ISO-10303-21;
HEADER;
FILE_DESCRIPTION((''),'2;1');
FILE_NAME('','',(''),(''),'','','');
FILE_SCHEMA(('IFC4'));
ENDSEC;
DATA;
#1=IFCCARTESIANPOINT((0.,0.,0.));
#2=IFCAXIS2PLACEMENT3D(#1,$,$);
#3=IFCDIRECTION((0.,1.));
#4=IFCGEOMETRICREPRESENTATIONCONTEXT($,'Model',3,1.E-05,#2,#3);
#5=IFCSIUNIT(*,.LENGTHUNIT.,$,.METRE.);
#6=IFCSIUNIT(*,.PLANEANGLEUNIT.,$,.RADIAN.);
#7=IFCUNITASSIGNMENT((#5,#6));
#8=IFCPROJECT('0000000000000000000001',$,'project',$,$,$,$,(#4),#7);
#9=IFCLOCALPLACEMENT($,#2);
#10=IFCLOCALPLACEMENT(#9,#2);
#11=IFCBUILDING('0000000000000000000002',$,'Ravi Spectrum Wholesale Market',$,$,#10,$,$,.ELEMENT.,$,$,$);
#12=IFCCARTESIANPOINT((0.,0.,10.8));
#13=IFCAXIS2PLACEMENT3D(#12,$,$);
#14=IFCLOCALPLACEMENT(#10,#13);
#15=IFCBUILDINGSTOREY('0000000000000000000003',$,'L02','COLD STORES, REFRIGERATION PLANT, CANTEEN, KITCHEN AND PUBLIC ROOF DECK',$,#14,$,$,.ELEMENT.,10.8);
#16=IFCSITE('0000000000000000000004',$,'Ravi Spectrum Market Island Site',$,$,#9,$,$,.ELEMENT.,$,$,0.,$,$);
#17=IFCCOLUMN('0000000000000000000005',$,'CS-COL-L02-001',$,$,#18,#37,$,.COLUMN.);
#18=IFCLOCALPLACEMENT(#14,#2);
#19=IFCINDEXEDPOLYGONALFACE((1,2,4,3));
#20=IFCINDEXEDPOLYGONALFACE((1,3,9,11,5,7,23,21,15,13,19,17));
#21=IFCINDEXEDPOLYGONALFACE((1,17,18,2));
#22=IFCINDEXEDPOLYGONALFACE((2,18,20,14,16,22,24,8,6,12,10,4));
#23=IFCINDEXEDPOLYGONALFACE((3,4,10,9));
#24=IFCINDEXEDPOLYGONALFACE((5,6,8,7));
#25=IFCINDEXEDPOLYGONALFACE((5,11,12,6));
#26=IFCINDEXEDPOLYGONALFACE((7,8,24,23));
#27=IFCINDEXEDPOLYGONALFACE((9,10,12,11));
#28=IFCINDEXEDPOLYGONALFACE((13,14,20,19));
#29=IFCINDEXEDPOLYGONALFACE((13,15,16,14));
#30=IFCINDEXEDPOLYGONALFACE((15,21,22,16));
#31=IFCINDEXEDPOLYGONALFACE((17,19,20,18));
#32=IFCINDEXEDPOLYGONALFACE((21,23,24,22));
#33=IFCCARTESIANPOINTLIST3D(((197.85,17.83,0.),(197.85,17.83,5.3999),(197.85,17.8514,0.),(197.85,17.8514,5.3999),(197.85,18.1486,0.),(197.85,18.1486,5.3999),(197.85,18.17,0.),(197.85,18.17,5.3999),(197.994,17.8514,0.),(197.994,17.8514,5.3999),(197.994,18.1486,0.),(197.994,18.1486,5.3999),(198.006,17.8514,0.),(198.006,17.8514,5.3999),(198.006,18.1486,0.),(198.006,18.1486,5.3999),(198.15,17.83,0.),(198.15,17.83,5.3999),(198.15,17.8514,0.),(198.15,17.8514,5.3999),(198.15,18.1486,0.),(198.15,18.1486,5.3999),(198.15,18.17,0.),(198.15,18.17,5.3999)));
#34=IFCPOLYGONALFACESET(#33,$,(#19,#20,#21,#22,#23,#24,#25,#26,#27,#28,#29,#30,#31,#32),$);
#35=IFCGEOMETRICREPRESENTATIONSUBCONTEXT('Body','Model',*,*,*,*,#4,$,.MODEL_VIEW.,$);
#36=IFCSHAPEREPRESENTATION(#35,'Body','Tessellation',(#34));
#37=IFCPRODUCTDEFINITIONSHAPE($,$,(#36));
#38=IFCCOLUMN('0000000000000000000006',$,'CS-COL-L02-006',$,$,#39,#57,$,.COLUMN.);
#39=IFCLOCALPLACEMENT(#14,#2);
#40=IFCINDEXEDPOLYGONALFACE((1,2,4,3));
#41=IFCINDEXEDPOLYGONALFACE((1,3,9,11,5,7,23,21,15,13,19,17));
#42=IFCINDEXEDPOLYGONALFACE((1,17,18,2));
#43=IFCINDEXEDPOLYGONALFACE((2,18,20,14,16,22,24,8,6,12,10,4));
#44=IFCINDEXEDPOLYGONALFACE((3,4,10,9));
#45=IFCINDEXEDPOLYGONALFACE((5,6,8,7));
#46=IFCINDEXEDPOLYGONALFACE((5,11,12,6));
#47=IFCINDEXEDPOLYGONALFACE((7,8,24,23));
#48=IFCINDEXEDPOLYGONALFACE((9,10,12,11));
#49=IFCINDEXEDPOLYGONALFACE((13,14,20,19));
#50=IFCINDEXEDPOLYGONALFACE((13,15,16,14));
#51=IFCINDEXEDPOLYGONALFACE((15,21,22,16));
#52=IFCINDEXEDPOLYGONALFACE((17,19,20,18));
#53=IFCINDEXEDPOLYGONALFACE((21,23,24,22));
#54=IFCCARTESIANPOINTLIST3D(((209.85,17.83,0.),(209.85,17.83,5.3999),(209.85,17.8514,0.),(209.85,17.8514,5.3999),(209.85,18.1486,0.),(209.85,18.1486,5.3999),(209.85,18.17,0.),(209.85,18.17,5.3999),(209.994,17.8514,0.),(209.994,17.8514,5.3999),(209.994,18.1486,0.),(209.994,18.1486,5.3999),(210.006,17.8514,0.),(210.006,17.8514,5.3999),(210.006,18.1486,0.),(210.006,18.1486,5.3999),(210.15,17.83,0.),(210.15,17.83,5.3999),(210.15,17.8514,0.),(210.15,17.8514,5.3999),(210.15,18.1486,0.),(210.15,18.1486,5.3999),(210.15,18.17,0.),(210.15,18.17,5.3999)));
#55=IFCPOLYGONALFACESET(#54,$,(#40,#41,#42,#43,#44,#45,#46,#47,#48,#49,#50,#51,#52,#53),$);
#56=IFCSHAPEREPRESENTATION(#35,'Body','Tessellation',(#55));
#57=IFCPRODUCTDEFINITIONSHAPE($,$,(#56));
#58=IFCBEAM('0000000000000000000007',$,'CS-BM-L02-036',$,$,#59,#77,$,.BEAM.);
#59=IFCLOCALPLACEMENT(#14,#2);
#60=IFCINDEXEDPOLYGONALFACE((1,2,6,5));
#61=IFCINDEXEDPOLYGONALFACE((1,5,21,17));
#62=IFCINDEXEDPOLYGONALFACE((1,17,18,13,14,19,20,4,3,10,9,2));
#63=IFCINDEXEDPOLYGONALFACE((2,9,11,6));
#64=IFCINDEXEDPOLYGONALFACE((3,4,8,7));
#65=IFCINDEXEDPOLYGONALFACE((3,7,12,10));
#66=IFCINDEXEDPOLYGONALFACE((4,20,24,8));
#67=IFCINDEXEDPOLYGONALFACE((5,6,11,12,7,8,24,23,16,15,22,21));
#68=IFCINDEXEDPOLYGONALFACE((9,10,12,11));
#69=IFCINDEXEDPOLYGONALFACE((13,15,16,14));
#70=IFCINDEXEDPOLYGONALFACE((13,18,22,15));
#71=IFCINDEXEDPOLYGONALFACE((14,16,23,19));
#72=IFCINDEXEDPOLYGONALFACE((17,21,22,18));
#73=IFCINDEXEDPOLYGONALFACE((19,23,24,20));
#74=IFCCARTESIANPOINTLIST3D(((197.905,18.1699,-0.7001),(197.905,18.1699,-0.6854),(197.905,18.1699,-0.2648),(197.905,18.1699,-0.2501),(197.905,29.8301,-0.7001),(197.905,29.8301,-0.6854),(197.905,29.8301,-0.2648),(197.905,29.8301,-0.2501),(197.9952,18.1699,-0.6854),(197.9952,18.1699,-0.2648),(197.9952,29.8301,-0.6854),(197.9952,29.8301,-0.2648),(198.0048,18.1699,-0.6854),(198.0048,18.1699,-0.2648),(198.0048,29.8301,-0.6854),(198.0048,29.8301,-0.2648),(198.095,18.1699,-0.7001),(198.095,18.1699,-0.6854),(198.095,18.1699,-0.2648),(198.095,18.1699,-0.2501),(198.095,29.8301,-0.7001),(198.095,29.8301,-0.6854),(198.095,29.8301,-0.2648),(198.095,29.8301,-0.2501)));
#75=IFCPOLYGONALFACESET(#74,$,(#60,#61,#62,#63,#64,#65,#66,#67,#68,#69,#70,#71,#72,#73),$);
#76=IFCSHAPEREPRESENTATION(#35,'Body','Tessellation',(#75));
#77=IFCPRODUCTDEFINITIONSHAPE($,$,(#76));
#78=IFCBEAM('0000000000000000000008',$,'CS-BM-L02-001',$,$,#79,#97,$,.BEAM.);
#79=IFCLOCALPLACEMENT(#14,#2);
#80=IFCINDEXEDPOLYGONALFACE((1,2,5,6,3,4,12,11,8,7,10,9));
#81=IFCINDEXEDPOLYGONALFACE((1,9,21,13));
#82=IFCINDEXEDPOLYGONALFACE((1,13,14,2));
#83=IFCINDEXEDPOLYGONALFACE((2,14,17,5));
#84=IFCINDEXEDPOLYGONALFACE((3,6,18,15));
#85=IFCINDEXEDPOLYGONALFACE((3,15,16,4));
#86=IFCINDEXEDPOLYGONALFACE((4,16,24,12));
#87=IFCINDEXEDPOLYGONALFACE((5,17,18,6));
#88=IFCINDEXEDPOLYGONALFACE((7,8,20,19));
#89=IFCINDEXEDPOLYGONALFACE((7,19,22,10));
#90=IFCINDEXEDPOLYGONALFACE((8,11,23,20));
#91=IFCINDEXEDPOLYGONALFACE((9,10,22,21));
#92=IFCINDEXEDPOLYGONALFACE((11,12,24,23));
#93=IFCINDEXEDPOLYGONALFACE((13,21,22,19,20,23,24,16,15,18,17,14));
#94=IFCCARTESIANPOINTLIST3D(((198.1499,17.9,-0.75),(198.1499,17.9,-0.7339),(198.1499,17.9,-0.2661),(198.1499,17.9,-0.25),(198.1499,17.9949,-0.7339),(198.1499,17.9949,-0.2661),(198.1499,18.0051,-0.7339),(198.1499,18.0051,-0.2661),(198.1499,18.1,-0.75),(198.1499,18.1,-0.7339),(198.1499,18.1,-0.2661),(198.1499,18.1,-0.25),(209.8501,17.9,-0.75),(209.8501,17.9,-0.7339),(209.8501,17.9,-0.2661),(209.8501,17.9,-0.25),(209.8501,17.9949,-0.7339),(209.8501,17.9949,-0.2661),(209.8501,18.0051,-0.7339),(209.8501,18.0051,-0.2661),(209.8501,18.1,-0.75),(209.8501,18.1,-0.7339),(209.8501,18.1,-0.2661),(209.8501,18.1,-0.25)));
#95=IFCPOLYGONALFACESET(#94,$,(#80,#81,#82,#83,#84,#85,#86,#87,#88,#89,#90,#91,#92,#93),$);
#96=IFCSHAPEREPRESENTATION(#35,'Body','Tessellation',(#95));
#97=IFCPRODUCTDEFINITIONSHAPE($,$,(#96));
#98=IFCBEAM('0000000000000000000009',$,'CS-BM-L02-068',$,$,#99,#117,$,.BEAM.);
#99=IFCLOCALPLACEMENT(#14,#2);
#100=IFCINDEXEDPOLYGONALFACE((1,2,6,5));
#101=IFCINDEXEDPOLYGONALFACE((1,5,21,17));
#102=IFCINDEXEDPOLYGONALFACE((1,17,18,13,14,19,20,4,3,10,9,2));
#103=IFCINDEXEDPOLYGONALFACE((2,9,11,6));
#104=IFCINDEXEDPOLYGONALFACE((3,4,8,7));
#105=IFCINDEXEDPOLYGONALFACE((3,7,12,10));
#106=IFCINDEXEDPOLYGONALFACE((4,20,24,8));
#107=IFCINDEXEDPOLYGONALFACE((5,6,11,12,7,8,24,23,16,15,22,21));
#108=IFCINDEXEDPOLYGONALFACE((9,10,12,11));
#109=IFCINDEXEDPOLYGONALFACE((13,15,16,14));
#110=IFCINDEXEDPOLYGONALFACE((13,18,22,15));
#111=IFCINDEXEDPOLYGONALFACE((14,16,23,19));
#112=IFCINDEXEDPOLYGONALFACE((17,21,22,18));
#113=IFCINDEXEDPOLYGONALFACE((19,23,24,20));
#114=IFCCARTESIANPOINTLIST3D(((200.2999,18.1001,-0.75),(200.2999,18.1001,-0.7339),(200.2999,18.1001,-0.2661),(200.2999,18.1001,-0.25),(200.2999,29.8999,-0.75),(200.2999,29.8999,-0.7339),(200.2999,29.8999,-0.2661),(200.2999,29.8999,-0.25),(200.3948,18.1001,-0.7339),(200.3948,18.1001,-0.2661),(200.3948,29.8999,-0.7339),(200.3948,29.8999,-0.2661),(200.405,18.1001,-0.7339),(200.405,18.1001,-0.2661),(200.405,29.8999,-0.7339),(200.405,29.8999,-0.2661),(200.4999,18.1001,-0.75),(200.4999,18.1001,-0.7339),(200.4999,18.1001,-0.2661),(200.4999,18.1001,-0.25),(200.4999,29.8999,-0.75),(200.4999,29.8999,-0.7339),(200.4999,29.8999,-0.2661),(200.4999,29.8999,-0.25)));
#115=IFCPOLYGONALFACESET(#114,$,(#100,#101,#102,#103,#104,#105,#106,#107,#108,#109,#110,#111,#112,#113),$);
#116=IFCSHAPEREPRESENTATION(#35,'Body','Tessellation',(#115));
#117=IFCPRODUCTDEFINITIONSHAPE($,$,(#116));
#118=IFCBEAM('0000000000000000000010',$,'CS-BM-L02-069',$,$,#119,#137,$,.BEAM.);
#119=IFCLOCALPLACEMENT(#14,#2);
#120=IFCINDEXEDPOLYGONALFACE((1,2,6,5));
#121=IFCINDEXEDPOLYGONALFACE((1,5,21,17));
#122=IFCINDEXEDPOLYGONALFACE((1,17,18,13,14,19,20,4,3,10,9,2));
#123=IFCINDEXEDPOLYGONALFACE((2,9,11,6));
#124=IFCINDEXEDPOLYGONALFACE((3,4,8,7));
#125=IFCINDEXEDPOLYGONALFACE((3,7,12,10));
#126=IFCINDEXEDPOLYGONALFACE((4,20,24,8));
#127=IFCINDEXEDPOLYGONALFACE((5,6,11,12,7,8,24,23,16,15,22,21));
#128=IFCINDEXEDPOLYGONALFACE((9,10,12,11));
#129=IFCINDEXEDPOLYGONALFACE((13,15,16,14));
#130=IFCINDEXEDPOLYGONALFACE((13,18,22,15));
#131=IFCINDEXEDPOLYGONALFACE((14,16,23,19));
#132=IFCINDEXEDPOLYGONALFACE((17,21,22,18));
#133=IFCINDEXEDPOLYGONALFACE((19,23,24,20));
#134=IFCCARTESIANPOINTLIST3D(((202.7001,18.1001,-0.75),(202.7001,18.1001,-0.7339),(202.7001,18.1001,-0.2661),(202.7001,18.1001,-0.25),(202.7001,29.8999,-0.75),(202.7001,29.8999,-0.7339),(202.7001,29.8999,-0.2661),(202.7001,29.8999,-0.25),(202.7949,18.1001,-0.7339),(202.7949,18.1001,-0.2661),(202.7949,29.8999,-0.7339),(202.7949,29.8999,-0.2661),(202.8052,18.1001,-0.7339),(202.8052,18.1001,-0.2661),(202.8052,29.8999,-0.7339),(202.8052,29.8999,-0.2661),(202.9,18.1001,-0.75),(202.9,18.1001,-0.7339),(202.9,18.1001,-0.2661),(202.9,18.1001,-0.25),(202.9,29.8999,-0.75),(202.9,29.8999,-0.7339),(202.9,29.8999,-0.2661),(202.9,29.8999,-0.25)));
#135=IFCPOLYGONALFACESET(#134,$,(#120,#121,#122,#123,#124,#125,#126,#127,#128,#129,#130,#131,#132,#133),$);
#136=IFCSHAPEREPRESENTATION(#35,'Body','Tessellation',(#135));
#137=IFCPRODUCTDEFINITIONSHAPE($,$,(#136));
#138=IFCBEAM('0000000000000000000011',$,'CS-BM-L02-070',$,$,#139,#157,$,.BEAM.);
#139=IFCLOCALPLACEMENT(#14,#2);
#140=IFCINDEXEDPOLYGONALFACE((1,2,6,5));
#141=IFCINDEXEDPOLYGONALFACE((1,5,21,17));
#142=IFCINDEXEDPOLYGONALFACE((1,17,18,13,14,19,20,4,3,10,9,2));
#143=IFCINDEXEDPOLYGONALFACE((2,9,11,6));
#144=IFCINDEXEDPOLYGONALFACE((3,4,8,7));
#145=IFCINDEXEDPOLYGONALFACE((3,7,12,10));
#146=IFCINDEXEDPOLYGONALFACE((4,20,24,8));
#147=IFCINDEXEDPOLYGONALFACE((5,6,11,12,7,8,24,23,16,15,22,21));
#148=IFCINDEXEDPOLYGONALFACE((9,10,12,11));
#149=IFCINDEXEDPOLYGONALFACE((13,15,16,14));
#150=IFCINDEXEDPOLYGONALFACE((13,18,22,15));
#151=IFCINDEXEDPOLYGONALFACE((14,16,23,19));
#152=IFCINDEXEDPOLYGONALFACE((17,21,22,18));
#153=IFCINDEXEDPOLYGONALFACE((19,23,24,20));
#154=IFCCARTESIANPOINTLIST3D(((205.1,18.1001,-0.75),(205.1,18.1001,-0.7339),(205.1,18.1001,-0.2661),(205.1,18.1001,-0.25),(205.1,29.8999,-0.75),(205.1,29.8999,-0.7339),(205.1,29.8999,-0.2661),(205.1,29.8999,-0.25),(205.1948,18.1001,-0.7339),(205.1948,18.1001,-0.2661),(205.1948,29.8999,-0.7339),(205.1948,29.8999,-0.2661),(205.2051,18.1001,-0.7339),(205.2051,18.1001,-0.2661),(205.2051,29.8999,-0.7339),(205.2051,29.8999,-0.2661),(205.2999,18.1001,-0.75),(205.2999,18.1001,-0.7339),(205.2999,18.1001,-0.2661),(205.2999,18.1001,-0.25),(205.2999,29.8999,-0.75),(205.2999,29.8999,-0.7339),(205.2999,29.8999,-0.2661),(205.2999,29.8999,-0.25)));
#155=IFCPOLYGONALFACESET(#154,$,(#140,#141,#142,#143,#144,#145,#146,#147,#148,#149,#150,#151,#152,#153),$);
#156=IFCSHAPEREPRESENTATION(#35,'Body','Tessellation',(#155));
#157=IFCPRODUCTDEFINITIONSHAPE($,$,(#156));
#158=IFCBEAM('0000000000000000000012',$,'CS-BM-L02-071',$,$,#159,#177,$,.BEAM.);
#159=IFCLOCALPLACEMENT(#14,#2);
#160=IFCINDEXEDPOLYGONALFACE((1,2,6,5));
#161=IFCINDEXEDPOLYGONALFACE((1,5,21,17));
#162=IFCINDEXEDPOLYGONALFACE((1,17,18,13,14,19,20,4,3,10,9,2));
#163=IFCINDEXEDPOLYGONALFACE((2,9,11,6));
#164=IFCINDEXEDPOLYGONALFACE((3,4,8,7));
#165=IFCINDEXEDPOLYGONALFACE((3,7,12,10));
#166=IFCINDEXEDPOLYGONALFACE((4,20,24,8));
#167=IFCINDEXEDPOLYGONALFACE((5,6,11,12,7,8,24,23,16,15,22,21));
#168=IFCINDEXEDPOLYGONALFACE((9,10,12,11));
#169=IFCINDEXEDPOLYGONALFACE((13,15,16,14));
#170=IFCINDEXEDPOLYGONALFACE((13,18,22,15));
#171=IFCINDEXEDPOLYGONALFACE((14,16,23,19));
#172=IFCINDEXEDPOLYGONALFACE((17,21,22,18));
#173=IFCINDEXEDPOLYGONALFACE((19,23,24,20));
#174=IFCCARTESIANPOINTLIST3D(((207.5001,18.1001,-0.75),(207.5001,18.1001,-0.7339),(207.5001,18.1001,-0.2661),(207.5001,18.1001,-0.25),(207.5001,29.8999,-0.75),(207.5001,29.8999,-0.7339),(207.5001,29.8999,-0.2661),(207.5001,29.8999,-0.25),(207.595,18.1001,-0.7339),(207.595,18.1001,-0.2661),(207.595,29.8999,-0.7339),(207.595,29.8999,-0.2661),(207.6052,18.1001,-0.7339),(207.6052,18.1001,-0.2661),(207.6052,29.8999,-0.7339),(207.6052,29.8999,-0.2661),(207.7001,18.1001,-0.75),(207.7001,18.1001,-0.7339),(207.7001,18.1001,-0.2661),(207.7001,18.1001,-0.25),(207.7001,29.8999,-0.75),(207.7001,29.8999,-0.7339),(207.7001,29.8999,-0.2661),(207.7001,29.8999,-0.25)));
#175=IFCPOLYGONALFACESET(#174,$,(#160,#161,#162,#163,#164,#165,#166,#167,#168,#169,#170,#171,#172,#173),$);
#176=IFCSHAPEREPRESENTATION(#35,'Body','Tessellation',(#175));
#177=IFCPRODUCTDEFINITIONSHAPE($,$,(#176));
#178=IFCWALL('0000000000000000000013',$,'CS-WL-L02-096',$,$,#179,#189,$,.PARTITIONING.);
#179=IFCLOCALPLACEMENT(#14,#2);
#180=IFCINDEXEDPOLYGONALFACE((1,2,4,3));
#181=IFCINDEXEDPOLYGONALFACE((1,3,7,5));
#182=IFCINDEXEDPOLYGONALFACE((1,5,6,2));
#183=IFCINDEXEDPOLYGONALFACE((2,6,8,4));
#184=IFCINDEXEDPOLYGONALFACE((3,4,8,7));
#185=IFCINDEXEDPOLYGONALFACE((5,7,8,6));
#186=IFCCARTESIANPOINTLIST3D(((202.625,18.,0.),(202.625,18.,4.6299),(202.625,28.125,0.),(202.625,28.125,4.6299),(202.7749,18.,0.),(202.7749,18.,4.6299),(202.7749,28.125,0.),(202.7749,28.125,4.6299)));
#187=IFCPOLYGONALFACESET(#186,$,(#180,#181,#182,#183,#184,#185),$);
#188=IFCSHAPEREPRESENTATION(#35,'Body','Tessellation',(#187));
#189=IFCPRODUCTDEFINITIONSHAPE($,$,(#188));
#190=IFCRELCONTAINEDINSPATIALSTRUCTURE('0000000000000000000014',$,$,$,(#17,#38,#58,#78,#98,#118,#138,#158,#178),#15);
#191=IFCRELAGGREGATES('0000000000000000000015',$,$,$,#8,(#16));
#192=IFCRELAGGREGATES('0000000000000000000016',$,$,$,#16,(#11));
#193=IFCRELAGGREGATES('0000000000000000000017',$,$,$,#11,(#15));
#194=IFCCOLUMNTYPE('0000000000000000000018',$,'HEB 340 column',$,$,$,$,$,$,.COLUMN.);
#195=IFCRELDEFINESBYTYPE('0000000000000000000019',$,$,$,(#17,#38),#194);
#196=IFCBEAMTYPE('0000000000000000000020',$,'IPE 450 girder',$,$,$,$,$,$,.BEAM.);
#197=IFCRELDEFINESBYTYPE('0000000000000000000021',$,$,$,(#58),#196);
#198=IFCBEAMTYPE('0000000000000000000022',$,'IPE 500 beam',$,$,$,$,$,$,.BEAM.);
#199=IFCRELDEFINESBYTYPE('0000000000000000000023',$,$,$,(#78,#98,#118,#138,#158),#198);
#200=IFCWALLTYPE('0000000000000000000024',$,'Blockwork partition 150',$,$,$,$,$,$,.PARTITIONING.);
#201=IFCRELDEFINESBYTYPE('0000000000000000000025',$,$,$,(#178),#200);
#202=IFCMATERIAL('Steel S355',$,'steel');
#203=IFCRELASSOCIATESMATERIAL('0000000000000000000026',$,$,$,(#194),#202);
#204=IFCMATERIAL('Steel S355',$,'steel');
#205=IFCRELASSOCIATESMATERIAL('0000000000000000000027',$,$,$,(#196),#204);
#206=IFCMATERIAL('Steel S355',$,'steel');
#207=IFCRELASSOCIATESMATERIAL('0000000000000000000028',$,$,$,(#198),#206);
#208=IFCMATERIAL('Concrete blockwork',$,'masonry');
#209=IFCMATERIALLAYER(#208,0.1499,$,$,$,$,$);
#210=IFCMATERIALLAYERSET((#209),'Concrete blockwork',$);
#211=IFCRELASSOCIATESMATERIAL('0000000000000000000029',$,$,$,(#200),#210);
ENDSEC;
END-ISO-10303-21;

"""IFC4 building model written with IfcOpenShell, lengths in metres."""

from ifc_helpers import new_model, si_unit, direction, frame, frame_2d, origin, origin_2d, place, context, subcontext, project, spatial, rectangle, i_section, extrude, material, layer, layer_set, material_profile, profile_set, type_object, element, save


model = new_model("IFC4")

# Units and contexts
model_context = context("Model", 3, precision=1e-05, world=origin(), true_north=direction((0.0, 1.0)))
body_context = subcontext(model_context, "Body", "Model", "MODEL_VIEW")
ifc_project = project(units=[si_unit("LENGTHUNIT", "METRE"), si_unit("PLANEANGLEUNIT", "RADIAN")], contexts=[model_context])

# Site, building, storey
site_placement = place(None, origin())
site = spatial("IfcSite", under=ifc_project, at=site_placement, Name="Ravi Spectrum Market Island Site", CompositionType="ELEMENT", RefElevation=0.0)
building_placement = place(site_placement, origin())
building = spatial("IfcBuilding", under=site, at=building_placement, Name="Ravi Spectrum Wholesale Market", CompositionType="ELEMENT")
storey_placement = place(building_placement, frame((0.0, 0.0, 10.8)))
storey = spatial("IfcBuildingStorey", under=building, at=storey_placement, Name="L02", Description="COLD STORES, REFRIGERATION PLANT, CANTEEN, KITCHEN AND PUBLIC ROOF DECK", CompositionType="ELEMENT", Elevation=10.8)

# Columns
ifc_material_1 = material(Name="Steel S355", Category="steel")
ifc_material_profile_1 = material_profile(ifc_material_1, i_section(OverallWidth=0.3, OverallDepth=0.3401, WebThickness=0.012, FlangeThickness=0.0215, at=origin_2d()))
ifc_profile_set_1 = profile_set([ifc_material_profile_1], Name="Steel S355")
column_type = type_object("IfcColumnType", Name="HEB 340 column", PredefinedType="COLUMN", material=ifc_profile_set_1)
for number, where, z_axis, x_axis, name in (
    (1, (198.0, 18.0, 0.0), (0.0, 0.0, 1.0), (1.0, 0.0, 0.0), "CS-COL-L02-001"),
    (2, (210.0, 18.0, 0.0), (0.0, 0.0, 1.0), (1.0, 0.0, 0.0), "CS-COL-L02-006"),
):
    element("IfcColumn", number, at=place(storey_placement, frame(where, z_axis=z_axis, x_axis=x_axis)), inside=storey, type_object=column_type, Name=name, PredefinedType="COLUMN", context=body_context, shape_type="SweptSolid", body=[
        extrude(i_section(OverallWidth=0.3, OverallDepth=0.3401, WebThickness=0.012, FlangeThickness=0.0215, at=origin_2d()), origin(), (0.0, 0.0, 1.0), 5.3999),
    ])

# Beams
ifc_material_2 = material(Name="Steel S355", Category="steel")
ifc_material_profile_2 = material_profile(ifc_material_2, i_section(OverallWidth=0.1899, OverallDepth=0.45, WebThickness=0.0095, FlangeThickness=0.0146, at=origin_2d()))
ifc_profile_set_2 = profile_set([ifc_material_profile_2], Name="Steel S355")
beam_type_1 = type_object("IfcBeamType", Name="IPE 450 girder", PredefinedType="BEAM", material=ifc_profile_set_2)
beam_1_placement = place(storey_placement, frame((198.0, 18.1699, -0.4751), z_axis=(0.0, 1.0, 0.0), x_axis=(-1.0, 0.0, 0.0)))
element("IfcBeam", 3, at=beam_1_placement, inside=storey, type_object=beam_type_1, Name="CS-BM-L02-036", PredefinedType="BEAM", context=body_context, shape_type="SweptSolid", body=[
    extrude(i_section(OverallWidth=0.1899, OverallDepth=0.45, WebThickness=0.0095, FlangeThickness=0.0146, at=origin_2d()), origin(), (0.0, 0.0, 1.0), 11.6602),
])
ifc_material_3 = material(Name="Steel S355", Category="steel")
ifc_material_profile_3 = material_profile(ifc_material_3, i_section(OverallWidth=0.2, OverallDepth=0.5, WebThickness=0.0103, FlangeThickness=0.0161, at=origin_2d()))
ifc_profile_set_3 = profile_set([ifc_material_profile_3], Name="Steel S355")
beam_type_2 = type_object("IfcBeamType", Name="IPE 500 beam", PredefinedType="BEAM", material=ifc_profile_set_3)
beam_2_placement = place(storey_placement, frame((198.1499, 18.0, -0.5), z_axis=(1.0, 0.0, 0.0), x_axis=(0.0, 1.0, 0.0)))
element("IfcBeam", 4, at=beam_2_placement, inside=storey, type_object=beam_type_2, Name="CS-BM-L02-001", PredefinedType="BEAM", context=body_context, shape_type="SweptSolid", body=[
    extrude(i_section(OverallWidth=0.2, OverallDepth=0.5, WebThickness=0.0103, FlangeThickness=0.0161, at=origin_2d()), origin(), (0.0, 0.0, 1.0), 11.7002),
])
for number, where, z_axis, x_axis, name in (
    (5, (200.3999, 18.1001, -0.5), (0.0, 1.0, 0.0), (-1.0, 0.0, 0.0), "CS-BM-L02-068"),
    (6, (202.8, 18.1001, -0.5), (0.0, 1.0, 0.0), (-1.0, 0.0, 0.0), "CS-BM-L02-069"),
    (7, (205.2, 18.1001, -0.5), (0.0, 1.0, 0.0), (-1.0, 0.0, 0.0), "CS-BM-L02-070"),
    (8, (207.6001, 18.1001, -0.5), (0.0, 1.0, 0.0), (-1.0, 0.0, 0.0), "CS-BM-L02-071"),
):
    element("IfcBeam", number, at=place(storey_placement, frame(where, z_axis=z_axis, x_axis=x_axis)), inside=storey, type_object=beam_type_2, Name=name, PredefinedType="BEAM", context=body_context, shape_type="SweptSolid", body=[
        extrude(i_section(OverallWidth=0.2, OverallDepth=0.5, WebThickness=0.0103, FlangeThickness=0.0161, at=origin_2d()), origin(), (0.0, 0.0, 1.0), 11.7998),
    ])

# Wall
ifc_material_4 = material(Name="Concrete blockwork", Category="masonry")
ifc_layer_1 = layer(ifc_material_4, 0.1499)
ifc_layer_set_1 = layer_set([ifc_layer_1], Name="Concrete blockwork")
wall_type_1 = type_object("IfcWallType", Name="Blockwork partition 150", PredefinedType="PARTITIONING", material=ifc_layer_set_1)
wall_1_placement = place(storey_placement, frame((202.7, 18.0, 0.0), z_axis=(0.0, 0.0, 1.0), x_axis=(0.0, 1.0, 0.0)))
element("IfcWall", 9, at=wall_1_placement, inside=storey, type_object=wall_type_1, Name="CS-WL-L02-096", PredefinedType="PARTITIONING", context=body_context, shape_type="SweptSolid", body=[
    extrude(rectangle(XDim=10.125, YDim=0.1499, at=frame_2d((5.0625, 0.0))), origin(), (0.0, 0.0, 1.0), 4.6299),
])

save(model, "model.ifc")
